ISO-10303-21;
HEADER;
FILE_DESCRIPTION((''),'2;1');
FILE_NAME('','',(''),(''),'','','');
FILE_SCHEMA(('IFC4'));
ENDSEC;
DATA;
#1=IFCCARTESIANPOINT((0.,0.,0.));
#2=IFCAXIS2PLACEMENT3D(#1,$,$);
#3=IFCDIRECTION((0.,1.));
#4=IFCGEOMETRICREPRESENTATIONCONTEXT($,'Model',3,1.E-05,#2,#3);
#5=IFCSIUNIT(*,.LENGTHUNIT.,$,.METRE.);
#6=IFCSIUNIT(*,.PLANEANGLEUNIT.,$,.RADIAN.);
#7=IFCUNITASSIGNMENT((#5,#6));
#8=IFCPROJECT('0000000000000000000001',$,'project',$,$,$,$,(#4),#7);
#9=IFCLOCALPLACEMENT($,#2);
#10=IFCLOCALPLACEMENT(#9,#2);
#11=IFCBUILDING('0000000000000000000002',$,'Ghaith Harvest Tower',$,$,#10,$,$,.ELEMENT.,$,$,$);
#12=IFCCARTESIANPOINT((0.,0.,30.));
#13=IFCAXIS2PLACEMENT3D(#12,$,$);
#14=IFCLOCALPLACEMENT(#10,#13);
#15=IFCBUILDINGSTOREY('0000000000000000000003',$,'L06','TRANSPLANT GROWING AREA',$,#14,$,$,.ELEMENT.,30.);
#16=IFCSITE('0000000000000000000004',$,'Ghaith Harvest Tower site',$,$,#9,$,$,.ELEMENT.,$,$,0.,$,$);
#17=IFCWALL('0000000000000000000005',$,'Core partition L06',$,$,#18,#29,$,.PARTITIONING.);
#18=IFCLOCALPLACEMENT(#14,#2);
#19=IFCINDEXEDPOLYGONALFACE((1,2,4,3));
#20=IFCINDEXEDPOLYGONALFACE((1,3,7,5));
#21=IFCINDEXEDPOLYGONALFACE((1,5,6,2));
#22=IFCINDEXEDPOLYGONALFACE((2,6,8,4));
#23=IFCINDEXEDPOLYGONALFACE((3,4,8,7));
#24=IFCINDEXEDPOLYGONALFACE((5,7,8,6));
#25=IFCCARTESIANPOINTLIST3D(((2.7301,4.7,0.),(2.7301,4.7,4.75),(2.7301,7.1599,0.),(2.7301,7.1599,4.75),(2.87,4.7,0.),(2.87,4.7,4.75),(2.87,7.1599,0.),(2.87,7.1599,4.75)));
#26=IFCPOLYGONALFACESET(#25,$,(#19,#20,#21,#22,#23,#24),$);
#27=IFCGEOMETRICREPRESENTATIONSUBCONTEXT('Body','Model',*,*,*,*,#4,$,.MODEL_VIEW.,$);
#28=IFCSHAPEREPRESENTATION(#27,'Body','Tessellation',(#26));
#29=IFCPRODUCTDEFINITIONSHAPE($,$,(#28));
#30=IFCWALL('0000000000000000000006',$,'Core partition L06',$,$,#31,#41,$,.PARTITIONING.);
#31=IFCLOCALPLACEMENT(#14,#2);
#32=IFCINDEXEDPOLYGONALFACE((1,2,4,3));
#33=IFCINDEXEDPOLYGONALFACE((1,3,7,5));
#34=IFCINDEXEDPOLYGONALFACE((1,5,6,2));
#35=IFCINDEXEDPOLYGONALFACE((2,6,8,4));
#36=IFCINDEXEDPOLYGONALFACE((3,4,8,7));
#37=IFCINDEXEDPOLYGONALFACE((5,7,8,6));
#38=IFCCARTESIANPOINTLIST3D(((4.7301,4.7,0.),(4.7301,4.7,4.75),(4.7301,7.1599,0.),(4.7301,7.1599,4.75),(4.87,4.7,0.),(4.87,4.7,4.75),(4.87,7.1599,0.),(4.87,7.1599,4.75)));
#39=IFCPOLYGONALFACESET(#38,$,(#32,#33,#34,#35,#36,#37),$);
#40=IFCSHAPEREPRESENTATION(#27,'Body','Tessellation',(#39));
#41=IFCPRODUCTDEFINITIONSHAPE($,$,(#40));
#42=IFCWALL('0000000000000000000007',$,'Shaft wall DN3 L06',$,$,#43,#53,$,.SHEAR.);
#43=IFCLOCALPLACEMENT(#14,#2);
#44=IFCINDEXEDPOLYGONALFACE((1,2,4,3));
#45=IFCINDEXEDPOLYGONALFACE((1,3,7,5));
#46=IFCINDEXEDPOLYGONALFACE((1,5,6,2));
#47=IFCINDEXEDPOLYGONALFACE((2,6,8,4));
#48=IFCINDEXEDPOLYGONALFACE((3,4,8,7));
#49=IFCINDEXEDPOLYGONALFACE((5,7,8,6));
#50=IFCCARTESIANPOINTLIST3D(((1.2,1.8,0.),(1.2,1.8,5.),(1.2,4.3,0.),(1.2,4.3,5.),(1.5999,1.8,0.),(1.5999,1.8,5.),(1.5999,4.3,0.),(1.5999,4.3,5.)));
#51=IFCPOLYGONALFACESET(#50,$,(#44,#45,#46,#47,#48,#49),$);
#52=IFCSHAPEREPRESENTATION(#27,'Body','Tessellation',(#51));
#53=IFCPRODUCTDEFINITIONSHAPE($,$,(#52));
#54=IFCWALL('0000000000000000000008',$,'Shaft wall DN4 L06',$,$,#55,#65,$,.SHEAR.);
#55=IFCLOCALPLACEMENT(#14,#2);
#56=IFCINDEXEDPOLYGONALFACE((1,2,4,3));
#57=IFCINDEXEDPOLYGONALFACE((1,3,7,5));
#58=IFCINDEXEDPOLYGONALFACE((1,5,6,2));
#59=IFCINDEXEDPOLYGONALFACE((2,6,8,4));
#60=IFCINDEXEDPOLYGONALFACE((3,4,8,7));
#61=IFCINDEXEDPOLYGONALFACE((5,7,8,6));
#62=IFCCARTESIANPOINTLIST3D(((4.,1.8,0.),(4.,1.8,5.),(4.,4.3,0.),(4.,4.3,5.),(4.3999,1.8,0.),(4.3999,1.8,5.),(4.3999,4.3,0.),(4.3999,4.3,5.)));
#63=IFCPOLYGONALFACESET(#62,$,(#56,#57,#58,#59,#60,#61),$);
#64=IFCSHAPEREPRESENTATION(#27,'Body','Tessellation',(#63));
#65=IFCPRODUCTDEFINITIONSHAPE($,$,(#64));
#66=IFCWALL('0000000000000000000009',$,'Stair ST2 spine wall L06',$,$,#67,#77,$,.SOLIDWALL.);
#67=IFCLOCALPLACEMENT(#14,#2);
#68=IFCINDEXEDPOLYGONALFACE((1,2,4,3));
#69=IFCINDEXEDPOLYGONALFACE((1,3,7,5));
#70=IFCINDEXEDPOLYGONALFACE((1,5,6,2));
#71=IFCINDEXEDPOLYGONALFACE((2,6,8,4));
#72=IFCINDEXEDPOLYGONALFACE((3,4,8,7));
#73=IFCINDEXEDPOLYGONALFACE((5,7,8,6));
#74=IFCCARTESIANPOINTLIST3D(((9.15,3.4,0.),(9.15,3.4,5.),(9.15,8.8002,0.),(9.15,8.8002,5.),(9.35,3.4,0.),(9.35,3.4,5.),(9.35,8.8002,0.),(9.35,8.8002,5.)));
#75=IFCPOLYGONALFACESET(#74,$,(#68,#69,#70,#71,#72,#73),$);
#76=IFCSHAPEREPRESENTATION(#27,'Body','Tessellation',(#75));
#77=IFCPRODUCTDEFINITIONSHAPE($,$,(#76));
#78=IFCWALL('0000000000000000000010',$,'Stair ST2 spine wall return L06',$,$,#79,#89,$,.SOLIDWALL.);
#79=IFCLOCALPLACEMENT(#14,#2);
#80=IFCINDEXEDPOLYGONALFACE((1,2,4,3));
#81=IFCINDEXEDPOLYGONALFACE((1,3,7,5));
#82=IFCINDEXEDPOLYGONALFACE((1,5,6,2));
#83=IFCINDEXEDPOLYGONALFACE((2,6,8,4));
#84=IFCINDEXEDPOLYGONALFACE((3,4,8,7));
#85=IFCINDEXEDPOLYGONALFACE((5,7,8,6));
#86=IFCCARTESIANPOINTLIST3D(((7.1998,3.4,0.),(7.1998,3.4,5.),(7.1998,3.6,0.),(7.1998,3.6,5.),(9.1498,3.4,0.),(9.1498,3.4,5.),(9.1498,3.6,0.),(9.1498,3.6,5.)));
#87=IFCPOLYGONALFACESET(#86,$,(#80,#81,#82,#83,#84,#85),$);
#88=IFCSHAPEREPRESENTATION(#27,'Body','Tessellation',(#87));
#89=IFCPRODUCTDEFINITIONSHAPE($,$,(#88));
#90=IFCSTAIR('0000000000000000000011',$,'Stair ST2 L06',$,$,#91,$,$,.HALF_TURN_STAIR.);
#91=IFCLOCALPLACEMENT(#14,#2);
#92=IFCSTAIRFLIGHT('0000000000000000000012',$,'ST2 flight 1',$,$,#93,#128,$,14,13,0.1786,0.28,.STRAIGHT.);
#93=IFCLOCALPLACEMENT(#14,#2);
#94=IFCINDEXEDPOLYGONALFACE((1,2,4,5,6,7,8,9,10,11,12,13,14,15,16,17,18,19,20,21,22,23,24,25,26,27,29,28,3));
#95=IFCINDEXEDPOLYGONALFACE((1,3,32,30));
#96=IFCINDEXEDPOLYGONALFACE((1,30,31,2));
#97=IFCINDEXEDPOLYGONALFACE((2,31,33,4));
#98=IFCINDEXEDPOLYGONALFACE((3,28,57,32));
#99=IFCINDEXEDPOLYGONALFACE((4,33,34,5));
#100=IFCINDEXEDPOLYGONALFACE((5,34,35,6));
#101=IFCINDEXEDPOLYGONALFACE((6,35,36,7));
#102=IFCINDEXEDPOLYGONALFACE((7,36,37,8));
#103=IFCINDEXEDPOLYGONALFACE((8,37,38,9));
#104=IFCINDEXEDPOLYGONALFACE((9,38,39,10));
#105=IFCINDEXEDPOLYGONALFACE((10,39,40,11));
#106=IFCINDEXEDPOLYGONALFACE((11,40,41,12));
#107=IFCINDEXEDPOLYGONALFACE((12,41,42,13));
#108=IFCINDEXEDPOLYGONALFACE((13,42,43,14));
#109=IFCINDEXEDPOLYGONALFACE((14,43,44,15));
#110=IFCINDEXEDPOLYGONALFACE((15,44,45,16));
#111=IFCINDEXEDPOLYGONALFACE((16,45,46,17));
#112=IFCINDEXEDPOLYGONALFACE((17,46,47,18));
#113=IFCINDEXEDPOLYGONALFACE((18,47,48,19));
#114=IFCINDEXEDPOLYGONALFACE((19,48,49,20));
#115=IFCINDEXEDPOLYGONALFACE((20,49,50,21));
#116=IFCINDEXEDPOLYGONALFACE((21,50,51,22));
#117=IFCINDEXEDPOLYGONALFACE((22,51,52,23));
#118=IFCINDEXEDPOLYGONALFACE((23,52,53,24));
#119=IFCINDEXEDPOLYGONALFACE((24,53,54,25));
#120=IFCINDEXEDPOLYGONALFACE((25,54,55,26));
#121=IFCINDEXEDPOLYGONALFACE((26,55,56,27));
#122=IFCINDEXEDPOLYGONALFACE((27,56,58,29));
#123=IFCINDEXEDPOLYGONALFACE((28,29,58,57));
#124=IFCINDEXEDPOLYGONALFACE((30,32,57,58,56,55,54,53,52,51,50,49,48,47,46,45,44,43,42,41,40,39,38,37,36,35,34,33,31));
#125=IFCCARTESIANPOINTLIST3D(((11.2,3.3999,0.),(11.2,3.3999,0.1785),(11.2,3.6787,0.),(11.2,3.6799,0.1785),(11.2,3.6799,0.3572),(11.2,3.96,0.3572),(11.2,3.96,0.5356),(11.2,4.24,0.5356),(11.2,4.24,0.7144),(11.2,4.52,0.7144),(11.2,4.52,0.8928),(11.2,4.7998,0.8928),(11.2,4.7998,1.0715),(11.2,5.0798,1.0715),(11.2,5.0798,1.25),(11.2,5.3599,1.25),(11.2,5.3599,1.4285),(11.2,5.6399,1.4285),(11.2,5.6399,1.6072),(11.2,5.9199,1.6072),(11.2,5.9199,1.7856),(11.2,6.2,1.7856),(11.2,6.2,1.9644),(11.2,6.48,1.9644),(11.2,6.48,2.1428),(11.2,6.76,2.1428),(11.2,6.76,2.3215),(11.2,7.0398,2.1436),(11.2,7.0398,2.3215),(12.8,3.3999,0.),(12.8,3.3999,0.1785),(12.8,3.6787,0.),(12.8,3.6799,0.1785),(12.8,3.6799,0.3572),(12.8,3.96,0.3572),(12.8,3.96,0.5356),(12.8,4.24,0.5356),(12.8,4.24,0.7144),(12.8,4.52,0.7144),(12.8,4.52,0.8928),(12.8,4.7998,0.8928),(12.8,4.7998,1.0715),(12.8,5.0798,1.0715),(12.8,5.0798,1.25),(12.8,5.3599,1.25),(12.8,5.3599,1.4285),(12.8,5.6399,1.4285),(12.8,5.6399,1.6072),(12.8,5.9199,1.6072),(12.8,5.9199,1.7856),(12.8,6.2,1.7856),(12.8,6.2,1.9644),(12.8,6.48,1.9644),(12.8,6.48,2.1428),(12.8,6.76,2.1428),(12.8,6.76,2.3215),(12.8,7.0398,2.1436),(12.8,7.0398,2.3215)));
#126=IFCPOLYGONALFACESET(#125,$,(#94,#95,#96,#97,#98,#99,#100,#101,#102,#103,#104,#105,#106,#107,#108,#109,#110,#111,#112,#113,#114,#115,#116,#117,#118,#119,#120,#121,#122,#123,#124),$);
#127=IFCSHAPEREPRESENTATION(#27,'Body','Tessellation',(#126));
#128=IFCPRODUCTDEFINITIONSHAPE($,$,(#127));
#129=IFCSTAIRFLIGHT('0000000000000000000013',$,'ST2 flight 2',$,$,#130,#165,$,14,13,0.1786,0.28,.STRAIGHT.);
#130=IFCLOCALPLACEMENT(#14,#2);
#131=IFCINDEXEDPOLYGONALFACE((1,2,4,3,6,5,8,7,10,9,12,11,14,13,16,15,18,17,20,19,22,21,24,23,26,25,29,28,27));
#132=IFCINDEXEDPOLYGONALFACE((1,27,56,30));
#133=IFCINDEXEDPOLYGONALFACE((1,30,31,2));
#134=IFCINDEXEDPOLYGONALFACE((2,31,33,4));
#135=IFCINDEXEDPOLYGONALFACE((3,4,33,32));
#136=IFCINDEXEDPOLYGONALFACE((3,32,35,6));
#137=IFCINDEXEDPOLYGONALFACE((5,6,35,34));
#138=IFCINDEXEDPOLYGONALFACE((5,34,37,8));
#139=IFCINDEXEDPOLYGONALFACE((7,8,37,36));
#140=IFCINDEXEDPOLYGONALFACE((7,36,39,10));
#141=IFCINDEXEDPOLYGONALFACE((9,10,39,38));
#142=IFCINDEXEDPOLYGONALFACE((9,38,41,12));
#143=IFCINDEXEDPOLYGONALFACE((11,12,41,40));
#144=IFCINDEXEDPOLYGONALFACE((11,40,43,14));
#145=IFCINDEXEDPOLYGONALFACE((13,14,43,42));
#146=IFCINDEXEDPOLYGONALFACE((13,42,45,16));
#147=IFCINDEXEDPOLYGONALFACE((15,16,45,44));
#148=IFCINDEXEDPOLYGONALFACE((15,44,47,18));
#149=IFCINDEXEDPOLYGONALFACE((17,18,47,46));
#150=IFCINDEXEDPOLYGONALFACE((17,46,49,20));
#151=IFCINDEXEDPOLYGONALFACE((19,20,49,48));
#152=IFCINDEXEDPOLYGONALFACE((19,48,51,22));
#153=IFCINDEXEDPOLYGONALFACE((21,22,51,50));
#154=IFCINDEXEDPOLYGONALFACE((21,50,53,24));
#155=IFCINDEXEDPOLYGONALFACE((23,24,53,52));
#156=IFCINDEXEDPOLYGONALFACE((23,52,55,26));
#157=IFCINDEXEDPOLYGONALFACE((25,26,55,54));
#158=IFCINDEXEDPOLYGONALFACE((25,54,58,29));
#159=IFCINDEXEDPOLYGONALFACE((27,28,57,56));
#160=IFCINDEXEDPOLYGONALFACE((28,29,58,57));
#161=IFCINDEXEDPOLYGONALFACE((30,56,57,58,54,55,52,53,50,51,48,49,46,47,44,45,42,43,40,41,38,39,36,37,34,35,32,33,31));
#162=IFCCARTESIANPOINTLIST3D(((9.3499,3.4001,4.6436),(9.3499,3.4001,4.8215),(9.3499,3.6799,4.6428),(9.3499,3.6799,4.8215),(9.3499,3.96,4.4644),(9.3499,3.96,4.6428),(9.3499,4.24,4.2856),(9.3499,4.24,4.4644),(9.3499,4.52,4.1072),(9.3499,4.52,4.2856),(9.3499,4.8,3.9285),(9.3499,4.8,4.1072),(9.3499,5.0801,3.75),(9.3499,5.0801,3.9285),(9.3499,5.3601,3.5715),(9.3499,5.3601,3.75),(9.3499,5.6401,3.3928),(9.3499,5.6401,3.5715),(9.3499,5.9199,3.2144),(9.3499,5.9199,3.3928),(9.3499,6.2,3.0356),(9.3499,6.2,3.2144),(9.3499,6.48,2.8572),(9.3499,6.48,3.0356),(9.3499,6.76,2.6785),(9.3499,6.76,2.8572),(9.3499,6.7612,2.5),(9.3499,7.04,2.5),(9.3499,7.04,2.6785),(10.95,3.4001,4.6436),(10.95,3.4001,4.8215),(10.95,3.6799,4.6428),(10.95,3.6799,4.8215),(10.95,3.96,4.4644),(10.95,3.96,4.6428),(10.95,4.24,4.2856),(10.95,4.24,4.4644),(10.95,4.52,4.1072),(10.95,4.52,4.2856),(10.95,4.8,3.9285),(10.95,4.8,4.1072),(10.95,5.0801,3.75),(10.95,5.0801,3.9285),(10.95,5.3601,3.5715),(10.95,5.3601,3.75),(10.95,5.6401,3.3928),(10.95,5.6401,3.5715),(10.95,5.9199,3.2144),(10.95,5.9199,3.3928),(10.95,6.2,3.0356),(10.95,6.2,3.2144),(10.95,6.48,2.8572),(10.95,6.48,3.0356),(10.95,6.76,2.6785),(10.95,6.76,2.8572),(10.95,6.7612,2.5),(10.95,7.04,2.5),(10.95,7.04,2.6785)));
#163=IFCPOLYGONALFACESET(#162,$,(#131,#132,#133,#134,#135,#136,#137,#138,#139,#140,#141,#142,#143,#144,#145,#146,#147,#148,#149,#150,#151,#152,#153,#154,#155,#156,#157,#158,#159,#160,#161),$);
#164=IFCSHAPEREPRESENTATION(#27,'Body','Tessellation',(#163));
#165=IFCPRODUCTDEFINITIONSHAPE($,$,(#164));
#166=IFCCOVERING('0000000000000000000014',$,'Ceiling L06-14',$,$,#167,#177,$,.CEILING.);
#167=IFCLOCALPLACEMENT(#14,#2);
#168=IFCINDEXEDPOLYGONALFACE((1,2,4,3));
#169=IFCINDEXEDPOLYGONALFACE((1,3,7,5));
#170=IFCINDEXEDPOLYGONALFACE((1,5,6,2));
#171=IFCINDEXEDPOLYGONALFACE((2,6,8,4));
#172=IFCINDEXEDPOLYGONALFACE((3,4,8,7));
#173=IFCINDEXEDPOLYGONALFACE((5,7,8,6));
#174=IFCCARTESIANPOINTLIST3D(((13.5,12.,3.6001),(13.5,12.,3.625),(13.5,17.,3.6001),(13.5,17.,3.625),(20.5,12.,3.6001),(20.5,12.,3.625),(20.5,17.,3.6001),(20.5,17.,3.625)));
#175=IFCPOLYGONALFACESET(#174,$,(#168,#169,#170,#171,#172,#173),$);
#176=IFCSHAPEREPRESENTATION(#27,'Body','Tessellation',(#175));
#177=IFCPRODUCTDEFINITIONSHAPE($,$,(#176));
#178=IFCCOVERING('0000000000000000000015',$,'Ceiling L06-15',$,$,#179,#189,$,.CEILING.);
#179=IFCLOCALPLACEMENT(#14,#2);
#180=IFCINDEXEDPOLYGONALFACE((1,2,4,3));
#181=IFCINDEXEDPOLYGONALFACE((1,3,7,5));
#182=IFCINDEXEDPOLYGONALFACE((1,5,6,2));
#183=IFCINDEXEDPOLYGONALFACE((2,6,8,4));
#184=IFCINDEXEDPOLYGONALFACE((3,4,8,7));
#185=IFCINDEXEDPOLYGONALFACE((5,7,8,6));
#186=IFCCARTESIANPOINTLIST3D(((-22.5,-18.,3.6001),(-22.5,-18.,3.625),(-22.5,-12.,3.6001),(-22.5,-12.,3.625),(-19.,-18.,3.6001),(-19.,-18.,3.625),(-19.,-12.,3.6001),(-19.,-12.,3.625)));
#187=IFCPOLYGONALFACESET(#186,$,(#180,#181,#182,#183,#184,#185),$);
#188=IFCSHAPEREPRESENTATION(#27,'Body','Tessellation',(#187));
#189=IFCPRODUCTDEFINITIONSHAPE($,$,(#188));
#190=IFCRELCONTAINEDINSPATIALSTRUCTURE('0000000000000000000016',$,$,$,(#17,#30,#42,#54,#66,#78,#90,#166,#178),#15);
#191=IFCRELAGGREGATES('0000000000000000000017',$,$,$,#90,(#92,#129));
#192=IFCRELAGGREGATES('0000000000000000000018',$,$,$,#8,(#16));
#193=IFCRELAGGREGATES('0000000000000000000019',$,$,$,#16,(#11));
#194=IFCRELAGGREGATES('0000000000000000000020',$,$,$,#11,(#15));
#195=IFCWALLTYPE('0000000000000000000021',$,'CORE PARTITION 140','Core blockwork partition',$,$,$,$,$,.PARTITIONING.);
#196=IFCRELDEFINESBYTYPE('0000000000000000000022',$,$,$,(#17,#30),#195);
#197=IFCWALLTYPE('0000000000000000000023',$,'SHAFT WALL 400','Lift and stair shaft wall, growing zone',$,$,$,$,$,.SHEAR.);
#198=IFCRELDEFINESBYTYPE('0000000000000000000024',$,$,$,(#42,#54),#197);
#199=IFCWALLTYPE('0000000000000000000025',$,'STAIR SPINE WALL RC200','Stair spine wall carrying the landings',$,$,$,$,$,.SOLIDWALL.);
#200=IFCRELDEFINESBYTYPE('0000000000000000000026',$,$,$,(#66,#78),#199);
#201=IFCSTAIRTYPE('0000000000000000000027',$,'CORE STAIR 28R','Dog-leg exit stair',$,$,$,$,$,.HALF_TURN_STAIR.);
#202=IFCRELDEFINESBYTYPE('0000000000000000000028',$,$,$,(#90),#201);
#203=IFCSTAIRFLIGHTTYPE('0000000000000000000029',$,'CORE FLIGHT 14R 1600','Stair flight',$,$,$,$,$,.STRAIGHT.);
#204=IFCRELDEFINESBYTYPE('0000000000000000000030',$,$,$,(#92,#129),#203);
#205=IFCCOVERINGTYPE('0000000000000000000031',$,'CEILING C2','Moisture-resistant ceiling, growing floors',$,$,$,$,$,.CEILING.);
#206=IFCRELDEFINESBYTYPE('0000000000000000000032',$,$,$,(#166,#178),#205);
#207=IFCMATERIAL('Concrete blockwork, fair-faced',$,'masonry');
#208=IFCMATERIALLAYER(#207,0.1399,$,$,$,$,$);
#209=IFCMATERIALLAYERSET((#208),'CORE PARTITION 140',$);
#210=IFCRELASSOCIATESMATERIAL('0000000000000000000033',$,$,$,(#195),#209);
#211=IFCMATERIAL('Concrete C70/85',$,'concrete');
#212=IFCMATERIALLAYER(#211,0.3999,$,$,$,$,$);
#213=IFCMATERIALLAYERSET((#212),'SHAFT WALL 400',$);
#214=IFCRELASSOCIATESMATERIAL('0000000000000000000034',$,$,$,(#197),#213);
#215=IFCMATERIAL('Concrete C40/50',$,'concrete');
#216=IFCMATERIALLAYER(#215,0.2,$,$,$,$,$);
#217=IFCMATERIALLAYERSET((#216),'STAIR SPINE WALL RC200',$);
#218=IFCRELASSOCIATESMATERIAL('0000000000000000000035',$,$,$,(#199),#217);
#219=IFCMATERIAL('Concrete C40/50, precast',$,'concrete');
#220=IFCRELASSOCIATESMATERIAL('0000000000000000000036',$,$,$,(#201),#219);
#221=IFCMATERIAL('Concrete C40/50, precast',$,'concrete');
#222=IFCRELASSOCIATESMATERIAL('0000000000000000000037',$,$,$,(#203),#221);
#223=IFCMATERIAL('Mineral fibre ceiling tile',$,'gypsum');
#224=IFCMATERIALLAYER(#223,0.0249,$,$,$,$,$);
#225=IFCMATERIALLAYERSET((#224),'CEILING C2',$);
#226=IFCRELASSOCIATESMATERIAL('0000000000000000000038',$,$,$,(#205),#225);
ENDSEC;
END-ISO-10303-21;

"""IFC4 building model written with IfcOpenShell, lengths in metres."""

from ifc_helpers import new_model, si_unit, direction, frame, frame_2d, origin, place, context, subcontext, project, spatial, polyline, rectangle, outline, extrude, material, layer, layer_set, type_object, element, aggregate, save


model = new_model("IFC4")

# Units and contexts
model_context = context("Model", 3, precision=1e-05, world=origin(), true_north=direction((0.0, 1.0)))
body_context = subcontext(model_context, "Body", "Model", "MODEL_VIEW")
ifc_project = project(units=[si_unit("LENGTHUNIT", "METRE"), si_unit("PLANEANGLEUNIT", "RADIAN")], contexts=[model_context])

# Site, building, storey
site_placement = place(None, origin())
site = spatial("IfcSite", under=ifc_project, at=site_placement, Name="Ghaith Harvest Tower site", CompositionType="ELEMENT", RefElevation=0.0)
building_placement = place(site_placement, origin())
building = spatial("IfcBuilding", under=site, at=building_placement, Name="Ghaith Harvest Tower", CompositionType="ELEMENT")
storey_placement = place(building_placement, frame((0.0, 0.0, 30.0)))
storey = spatial("IfcBuildingStorey", under=building, at=storey_placement, Name="L06", Description="TRANSPLANT GROWING AREA", CompositionType="ELEMENT", Elevation=30.0)

# Walls
ifc_material_1 = material(Name="Concrete blockwork, fair-faced", Category="masonry")
ifc_layer_1 = layer(ifc_material_1, 0.1399)
ifc_layer_set_1 = layer_set([ifc_layer_1], Name="CORE PARTITION 140")
wall_type_1 = type_object("IfcWallType", Name="CORE PARTITION 140", Description="Core blockwork partition", PredefinedType="PARTITIONING", material=ifc_layer_set_1)
for number, where, z_axis, x_axis, name in (
    (1, (2.8, 4.7, 0.0), (0.0, 0.0, 1.0), (0.0, 1.0, 0.0), "Core partition L06"),
    (2, (4.8, 4.7, 0.0), (0.0, 0.0, 1.0), (0.0, 1.0, 0.0), "Core partition L06"),
):
    element("IfcWall", number, at=place(storey_placement, frame(where, z_axis=z_axis, x_axis=x_axis)), inside=storey, type_object=wall_type_1, Name=name, PredefinedType="PARTITIONING", context=body_context, shape_type="SweptSolid", body=[
        extrude(rectangle(XDim=2.46, YDim=0.1399, at=frame_2d((1.23, 0.0))), origin(), (0.0, 0.0, 1.0), 4.75),
    ])

# Shared definitions
ifc_material_2 = material(Name="Concrete C70/85", Category="concrete")
ifc_layer_2 = layer(ifc_material_2, 0.3999)
ifc_layer_set_2 = layer_set([ifc_layer_2], Name="SHAFT WALL 400")
wall_type_2 = type_object("IfcWallType", Name="SHAFT WALL 400", Description="Lift and stair shaft wall, growing zone", PredefinedType="SHEAR", material=ifc_layer_set_2)

# Walls
for number, where, z_axis, x_axis, name in (
    (3, (1.3999, 1.8, 0.0), (0.0, 0.0, 1.0), (0.0, 1.0, 0.0), "Shaft wall DN3 L06"),
    (4, (4.2, 1.8, 0.0), (0.0, 0.0, 1.0), (0.0, 1.0, 0.0), "Shaft wall DN4 L06"),
):
    element("IfcWall", number, at=place(storey_placement, frame(where, z_axis=z_axis, x_axis=x_axis)), inside=storey, type_object=wall_type_2, Name=name, PredefinedType="SHEAR", context=body_context, shape_type="SweptSolid", body=[
        extrude(rectangle(XDim=2.5, YDim=0.3999, at=frame_2d((1.25, 0.0))), origin(), (0.0, 0.0, 1.0), 5.0),
    ])
ifc_material_3 = material(Name="Concrete C40/50", Category="concrete")
ifc_layer_3 = layer(ifc_material_3, 0.2)
ifc_layer_set_3 = layer_set([ifc_layer_3], Name="STAIR SPINE WALL RC200")
wall_type_3 = type_object("IfcWallType", Name="STAIR SPINE WALL RC200", Description="Stair spine wall carrying the landings", PredefinedType="SOLIDWALL", material=ifc_layer_set_3)
wall_1_placement = place(storey_placement, frame((9.25, 3.3999, 0.0), z_axis=(0.0, 0.0, 1.0), x_axis=(0.0, 1.0, 0.0)))
element("IfcWall", 5, at=wall_1_placement, inside=storey, type_object=wall_type_3, Name="Stair ST2 spine wall L06", PredefinedType="SOLIDWALL", context=body_context, shape_type="SweptSolid", body=[
    extrude(rectangle(XDim=5.4001, YDim=0.2, at=frame_2d((2.7002, 0.0))), origin(), (0.0, 0.0, 1.0), 5.0),
])
wall_2_placement = place(storey_placement, frame((9.1499, 3.5, 0.0), z_axis=(0.0, 0.0, 1.0), x_axis=(-1.0, 0.0, 0.0)))
element("IfcWall", 6, at=wall_2_placement, inside=storey, type_object=wall_type_3, Name="Stair ST2 spine wall return L06", PredefinedType="SOLIDWALL", context=body_context, shape_type="SweptSolid", body=[
    extrude(rectangle(XDim=1.95, YDim=0.2, at=frame_2d((0.9751, 0.0))), origin(), (0.0, 0.0, 1.0), 5.0),
])

# Stair, stair flights
ifc_material_4 = material(Name="Concrete C40/50, precast", Category="concrete")
stair_type = type_object("IfcStairType", Name="CORE STAIR 28R", Description="Dog-leg exit stair", PredefinedType="HALF_TURN_STAIR", material=ifc_material_4)
stair_placement = place(storey_placement, origin())
stair = element("IfcStair", 7, at=stair_placement, inside=storey, type_object=stair_type, Name="Stair ST2 L06", PredefinedType="HALF_TURN_STAIR")
ifc_material_5 = material(Name="Concrete C40/50, precast", Category="concrete")
stair_flight_type = type_object("IfcStairFlightType", Name="CORE FLIGHT 14R 1600", Description="Stair flight", PredefinedType="STRAIGHT", material=ifc_material_5)
stair_flight_1_placement = place(storey_placement, frame((12.0, 3.3999, 0.0), z_axis=(0.0, 0.0, 1.0), x_axis=(0.0, 1.0, 0.0)))
stair_flight_1 = element("IfcStairFlight", 8, at=stair_flight_1_placement, type_object=stair_flight_type, Name="ST2 flight 1", NumberOfRisers=14, NumberOfTreads=13, PredefinedType="STRAIGHT", RiserHeight=0.1786, TreadLength=0.28, context=body_context, shape_type="SweptSolid", body=[
    extrude(outline(polyline([(0.0, 0.0), (0.0, 0.1785), (0.28, 0.1785), (0.28, 0.3572), (0.5601, 0.3572), (0.5601, 0.5356), (0.8401, 0.5356), (0.8401, 0.7144), (1.1201, 0.7144), (1.1201, 0.8928), (1.3999, 0.8928), (1.3999, 1.0715), (1.6799, 1.0715), (1.6799, 1.25), (1.96, 1.25), (1.96, 1.4285), (2.24, 1.4285), (2.24, 1.6072), (2.52, 1.6072), (2.52, 1.7856), (2.8, 1.7856), (2.8, 1.9644), (3.0801, 1.9644), (3.0801, 2.1428), (3.3601, 2.1428), (3.3601, 2.3215), (3.6399, 2.3215), (3.6399, 2.5), (3.6399, 2.1436), (0.2788, 0.0), (0.0, 0.0)])), frame((0.0, 0.8, 0.0), z_axis=(0.0, -1.0, 0.0), x_axis=(1.0, 0.0, 0.0)), (0.0, 0.0, 1.0), 1.6001),
])
stair_flight_2_placement = place(storey_placement, frame((10.1499, 7.04, 2.5), z_axis=(0.0, 0.0, 1.0), x_axis=(0.0, -1.0, 0.0)))
stair_flight_2 = element("IfcStairFlight", 9, at=stair_flight_2_placement, type_object=stair_flight_type, Name="ST2 flight 2", NumberOfRisers=14, NumberOfTreads=13, PredefinedType="STRAIGHT", RiserHeight=0.1786, TreadLength=0.28, context=body_context, shape_type="SweptSolid", body=[
    extrude(outline(polyline([(0.0, 0.0), (0.0, 0.1785), (0.28, 0.1785), (0.28, 0.3572), (0.5601, 0.3572), (0.5601, 0.5356), (0.8401, 0.5356), (0.8401, 0.7144), (1.1201, 0.7144), (1.1201, 0.8928), (1.3999, 0.8928), (1.3999, 1.0715), (1.6799, 1.0715), (1.6799, 1.25), (1.96, 1.25), (1.96, 1.4285), (2.24, 1.4285), (2.24, 1.6072), (2.52, 1.6072), (2.52, 1.7856), (2.8, 1.7856), (2.8, 1.9644), (3.0801, 1.9644), (3.0801, 2.1428), (3.3601, 2.1428), (3.3601, 2.3215), (3.6399, 2.3215), (3.6399, 2.5), (3.6399, 2.1436), (0.2788, 0.0), (0.0, 0.0)])), frame((0.0, 0.8, 0.0), z_axis=(0.0, -1.0, 0.0), x_axis=(1.0, 0.0, 0.0)), (0.0, 0.0, 1.0), 1.6001),
])
aggregate(stair, [stair_flight_1, stair_flight_2])

# Coverings
ifc_material_6 = material(Name="Mineral fibre ceiling tile", Category="gypsum")
ifc_layer_4 = layer(ifc_material_6, 0.0249)
ifc_layer_set_4 = layer_set([ifc_layer_4], Name="CEILING C2")
covering_type = type_object("IfcCoveringType", Name="CEILING C2", Description="Moisture-resistant ceiling, growing floors", PredefinedType="CEILING", material=ifc_layer_set_4)
covering_1_placement = place(storey_placement, frame((0.0, 0.0, 3.6001)))
element("IfcCovering", 10, at=covering_1_placement, inside=storey, type_object=covering_type, Name="Ceiling L06-14", PredefinedType="CEILING", context=body_context, shape_type="SweptSolid", body=[
    extrude(outline(polyline([(13.5, 12.0), (20.5, 12.0), (20.5, 17.0), (13.5, 17.0), (13.5, 12.0)])), origin(), (0.0, 0.0, 1.0), 0.0249),
])
covering_2_placement = place(storey_placement, frame((0.0, 0.0, 3.6001)))
element("IfcCovering", 11, at=covering_2_placement, inside=storey, type_object=covering_type, Name="Ceiling L06-15", PredefinedType="CEILING", context=body_context, shape_type="SweptSolid", body=[
    extrude(outline(polyline([(-22.5, -18.0), (-19.0, -18.0), (-19.0, -12.0), (-22.5, -12.0), (-22.5, -18.0)])), origin(), (0.0, 0.0, 1.0), 0.0249),
])

save(model, "model.ifc")
